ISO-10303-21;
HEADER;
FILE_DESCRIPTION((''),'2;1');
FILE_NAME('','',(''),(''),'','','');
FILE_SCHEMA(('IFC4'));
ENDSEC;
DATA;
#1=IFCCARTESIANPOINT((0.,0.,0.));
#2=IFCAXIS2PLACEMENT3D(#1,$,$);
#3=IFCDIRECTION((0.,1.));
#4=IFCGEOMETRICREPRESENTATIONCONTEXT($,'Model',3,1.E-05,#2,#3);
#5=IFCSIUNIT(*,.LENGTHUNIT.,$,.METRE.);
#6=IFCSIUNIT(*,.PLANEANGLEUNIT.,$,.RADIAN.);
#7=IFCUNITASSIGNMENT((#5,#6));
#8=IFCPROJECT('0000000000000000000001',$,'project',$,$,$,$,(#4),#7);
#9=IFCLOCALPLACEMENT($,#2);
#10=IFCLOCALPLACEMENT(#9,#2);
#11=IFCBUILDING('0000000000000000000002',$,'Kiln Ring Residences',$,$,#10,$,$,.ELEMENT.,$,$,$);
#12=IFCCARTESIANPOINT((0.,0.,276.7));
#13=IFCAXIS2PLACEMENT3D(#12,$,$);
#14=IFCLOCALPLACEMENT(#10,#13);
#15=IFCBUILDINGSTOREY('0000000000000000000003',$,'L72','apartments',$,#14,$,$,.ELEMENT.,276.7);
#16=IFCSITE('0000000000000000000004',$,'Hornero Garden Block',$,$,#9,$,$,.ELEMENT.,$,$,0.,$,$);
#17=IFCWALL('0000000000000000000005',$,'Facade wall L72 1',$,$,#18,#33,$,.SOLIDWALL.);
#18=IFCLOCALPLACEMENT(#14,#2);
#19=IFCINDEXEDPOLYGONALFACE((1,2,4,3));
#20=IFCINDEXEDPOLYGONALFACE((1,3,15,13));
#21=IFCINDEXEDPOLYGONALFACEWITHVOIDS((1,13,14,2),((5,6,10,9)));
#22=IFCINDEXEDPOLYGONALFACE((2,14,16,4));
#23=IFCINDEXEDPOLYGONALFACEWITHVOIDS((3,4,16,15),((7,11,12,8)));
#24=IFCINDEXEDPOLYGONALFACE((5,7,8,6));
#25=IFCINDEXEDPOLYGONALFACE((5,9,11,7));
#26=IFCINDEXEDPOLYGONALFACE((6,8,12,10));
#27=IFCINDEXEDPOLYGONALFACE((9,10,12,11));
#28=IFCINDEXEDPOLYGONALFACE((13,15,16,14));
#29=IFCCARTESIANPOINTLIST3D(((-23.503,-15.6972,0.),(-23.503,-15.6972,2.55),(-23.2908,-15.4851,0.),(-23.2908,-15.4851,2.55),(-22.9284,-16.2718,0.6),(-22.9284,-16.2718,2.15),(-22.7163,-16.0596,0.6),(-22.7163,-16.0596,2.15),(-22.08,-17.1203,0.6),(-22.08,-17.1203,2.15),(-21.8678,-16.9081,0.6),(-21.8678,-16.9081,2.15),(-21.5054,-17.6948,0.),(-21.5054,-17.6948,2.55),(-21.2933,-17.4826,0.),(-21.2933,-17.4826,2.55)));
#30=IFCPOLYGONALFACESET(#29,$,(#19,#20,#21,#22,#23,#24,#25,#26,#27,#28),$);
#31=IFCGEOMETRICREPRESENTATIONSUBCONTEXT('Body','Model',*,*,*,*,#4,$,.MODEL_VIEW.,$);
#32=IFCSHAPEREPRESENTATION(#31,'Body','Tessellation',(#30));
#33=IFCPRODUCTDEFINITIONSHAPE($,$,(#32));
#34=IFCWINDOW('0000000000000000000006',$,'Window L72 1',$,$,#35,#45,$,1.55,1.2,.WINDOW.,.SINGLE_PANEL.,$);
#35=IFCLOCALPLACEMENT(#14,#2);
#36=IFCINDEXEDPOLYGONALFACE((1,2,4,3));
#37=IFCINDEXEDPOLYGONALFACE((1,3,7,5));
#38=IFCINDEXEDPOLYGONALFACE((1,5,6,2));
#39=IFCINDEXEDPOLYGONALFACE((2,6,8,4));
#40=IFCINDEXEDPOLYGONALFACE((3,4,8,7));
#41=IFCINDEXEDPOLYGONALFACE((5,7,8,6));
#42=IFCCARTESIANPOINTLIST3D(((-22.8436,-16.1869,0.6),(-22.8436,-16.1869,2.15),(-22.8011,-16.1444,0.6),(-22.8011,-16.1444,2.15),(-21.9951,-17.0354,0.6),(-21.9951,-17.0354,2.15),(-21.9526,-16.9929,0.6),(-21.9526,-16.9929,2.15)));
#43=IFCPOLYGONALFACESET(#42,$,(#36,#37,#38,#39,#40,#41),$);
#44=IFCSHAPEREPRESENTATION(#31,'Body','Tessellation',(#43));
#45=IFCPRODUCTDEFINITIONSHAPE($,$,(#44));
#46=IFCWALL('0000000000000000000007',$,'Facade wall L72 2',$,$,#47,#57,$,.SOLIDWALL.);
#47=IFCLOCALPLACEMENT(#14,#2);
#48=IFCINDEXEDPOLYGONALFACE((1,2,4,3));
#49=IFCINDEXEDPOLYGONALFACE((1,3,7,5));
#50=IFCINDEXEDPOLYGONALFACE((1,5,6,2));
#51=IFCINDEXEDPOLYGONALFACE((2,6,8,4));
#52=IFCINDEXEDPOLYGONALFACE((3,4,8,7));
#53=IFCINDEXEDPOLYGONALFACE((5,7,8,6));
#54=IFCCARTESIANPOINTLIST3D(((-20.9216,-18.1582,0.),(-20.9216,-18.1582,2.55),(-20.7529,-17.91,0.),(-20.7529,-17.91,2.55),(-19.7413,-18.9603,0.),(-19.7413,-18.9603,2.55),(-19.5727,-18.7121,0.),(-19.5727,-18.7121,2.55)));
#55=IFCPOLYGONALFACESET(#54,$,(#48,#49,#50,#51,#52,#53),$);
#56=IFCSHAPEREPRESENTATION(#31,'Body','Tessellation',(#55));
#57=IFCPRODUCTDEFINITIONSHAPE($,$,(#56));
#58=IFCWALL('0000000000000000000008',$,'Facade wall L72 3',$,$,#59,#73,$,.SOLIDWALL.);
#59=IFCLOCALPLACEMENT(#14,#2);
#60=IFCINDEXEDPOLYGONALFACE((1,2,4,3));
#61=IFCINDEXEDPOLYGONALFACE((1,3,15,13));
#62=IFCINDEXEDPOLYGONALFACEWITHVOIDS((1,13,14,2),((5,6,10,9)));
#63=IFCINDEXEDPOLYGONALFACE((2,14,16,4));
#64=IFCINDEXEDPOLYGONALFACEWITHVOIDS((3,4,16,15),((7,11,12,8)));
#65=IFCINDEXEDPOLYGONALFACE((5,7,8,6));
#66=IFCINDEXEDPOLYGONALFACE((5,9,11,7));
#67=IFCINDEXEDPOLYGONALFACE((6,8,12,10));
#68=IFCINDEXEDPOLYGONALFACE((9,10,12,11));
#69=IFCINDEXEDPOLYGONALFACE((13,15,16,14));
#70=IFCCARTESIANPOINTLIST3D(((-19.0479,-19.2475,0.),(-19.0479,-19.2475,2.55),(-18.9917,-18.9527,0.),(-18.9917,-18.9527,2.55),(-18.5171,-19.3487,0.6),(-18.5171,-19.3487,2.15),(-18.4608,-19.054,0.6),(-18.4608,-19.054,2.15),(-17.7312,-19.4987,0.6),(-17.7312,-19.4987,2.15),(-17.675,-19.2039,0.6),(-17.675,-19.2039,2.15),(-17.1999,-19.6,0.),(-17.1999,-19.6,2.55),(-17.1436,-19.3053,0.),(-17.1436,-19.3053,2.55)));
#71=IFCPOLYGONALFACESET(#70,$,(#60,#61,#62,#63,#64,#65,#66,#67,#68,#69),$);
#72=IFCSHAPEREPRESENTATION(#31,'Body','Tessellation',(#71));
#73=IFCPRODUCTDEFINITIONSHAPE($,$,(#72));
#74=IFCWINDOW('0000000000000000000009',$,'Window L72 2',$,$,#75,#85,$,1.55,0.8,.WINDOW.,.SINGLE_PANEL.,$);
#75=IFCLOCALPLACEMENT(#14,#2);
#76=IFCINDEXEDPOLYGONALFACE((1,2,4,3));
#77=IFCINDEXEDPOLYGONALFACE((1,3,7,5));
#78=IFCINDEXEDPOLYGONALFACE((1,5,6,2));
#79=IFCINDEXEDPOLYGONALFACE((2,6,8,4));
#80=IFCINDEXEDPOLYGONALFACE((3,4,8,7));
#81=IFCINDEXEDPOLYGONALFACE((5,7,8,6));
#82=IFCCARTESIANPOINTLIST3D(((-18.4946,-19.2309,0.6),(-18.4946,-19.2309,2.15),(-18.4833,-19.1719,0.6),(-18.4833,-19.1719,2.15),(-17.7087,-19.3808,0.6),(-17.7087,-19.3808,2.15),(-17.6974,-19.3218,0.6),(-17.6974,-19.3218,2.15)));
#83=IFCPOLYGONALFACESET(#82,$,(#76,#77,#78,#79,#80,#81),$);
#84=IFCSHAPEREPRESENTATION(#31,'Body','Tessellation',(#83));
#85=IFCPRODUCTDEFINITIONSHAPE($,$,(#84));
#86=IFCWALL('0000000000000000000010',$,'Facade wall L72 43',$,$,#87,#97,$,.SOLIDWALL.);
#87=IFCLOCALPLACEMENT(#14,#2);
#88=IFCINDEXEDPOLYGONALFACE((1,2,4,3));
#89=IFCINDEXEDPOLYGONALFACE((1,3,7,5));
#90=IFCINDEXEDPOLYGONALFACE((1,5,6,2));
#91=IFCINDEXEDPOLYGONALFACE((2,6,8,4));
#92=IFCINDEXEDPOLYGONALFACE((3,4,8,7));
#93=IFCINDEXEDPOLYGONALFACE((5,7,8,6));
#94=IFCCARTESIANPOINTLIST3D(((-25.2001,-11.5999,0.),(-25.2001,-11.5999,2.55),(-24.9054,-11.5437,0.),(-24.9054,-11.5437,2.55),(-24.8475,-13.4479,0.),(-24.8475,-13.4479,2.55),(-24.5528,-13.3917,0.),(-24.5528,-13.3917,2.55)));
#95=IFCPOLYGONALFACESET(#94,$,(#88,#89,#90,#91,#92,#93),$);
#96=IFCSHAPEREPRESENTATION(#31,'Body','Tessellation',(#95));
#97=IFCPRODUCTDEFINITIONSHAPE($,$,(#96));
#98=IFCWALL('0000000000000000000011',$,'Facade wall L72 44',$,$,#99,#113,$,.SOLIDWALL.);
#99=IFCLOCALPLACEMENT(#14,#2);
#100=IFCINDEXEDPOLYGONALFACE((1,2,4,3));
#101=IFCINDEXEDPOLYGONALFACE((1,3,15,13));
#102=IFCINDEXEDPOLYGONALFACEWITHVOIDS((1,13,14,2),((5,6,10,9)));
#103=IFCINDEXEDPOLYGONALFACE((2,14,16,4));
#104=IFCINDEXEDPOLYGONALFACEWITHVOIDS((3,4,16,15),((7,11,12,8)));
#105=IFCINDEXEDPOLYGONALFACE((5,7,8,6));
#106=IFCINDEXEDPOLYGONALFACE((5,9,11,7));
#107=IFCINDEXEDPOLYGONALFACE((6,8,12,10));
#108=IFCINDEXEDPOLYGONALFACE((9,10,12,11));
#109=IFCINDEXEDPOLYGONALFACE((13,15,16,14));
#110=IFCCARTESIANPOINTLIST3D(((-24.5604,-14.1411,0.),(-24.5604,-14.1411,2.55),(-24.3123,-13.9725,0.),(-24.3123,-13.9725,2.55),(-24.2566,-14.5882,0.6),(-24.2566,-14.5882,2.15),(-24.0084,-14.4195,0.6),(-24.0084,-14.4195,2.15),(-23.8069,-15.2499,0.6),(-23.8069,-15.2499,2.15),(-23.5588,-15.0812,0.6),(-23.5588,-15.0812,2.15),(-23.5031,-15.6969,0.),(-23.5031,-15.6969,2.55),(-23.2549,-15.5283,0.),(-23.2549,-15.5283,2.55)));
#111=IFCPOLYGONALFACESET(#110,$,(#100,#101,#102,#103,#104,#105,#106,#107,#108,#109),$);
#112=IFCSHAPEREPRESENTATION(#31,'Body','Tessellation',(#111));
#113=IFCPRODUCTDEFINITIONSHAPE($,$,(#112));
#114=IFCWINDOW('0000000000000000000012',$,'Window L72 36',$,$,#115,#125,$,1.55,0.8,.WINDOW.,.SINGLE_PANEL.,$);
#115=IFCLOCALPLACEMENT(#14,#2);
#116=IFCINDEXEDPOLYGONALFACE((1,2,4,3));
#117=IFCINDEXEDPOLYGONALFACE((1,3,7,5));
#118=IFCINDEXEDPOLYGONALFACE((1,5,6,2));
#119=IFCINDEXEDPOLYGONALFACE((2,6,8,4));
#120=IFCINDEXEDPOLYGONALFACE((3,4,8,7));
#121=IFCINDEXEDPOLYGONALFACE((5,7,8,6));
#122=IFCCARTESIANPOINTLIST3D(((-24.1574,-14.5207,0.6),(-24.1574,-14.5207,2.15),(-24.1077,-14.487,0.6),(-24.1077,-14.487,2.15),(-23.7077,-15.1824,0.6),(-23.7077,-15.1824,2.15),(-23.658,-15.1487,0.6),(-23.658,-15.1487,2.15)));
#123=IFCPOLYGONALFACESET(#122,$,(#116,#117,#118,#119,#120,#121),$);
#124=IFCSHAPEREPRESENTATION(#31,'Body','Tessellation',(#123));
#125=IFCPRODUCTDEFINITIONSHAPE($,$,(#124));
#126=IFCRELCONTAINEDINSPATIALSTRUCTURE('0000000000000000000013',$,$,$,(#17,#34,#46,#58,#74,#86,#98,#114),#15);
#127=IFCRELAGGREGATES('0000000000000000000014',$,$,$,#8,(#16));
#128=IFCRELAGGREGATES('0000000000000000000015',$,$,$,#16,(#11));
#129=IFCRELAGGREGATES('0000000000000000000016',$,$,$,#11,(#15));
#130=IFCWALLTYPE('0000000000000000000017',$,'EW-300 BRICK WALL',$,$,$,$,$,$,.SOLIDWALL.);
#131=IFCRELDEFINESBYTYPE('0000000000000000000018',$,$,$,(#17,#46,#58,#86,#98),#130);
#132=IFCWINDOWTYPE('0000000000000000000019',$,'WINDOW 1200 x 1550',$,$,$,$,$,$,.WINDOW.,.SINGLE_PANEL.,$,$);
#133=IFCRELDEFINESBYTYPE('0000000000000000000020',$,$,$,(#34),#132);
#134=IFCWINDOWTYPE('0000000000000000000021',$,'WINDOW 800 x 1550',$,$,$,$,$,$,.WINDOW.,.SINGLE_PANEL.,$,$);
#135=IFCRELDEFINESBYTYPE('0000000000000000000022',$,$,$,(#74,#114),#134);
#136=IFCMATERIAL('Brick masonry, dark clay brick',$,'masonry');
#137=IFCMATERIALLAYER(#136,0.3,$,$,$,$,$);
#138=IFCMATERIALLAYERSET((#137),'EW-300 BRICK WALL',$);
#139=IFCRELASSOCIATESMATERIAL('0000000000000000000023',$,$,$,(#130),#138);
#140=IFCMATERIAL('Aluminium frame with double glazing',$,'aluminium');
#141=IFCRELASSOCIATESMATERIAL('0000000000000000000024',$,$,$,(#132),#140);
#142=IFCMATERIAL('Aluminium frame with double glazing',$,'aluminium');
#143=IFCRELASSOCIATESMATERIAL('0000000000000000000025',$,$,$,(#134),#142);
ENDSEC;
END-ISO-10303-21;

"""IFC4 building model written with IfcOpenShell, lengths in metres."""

from ifc_helpers import new_model, si_unit, direction, frame, frame_2d, origin, place, context, subcontext, project, spatial, rectangle, extrude, material, layer, layer_set, type_object, element, fill, save


model = new_model("IFC4")

# Units and contexts
model_context = context("Model", 3, precision=1e-05, world=origin(), true_north=direction((0.0, 1.0)))
body_context = subcontext(model_context, "Body", "Model", "MODEL_VIEW")
ifc_project = project(units=[si_unit("LENGTHUNIT", "METRE"), si_unit("PLANEANGLEUNIT", "RADIAN")], contexts=[model_context])

# Site, building, storey
site_placement = place(None, origin())
site = spatial("IfcSite", under=ifc_project, at=site_placement, Name="Hornero Garden Block", CompositionType="ELEMENT", RefElevation=0.0)
building_placement = place(site_placement, origin())
building = spatial("IfcBuilding", under=site, at=building_placement, Name="Kiln Ring Residences", CompositionType="ELEMENT")
storey_placement = place(building_placement, frame((0.0, 0.0, 276.7)))
storey = spatial("IfcBuildingStorey", under=building, at=storey_placement, Name="L72", Description="apartments", CompositionType="ELEMENT", Elevation=276.7)

# Wall, opening, window
ifc_material_1 = material(Name="Brick masonry, dark clay brick", Category="masonry")
ifc_layer_1 = layer(ifc_material_1, 0.3)
ifc_layer_set_1 = layer_set([ifc_layer_1], Name="EW-300 BRICK WALL")
wall_type_1 = type_object("IfcWallType", Name="EW-300 BRICK WALL", PredefinedType="SOLIDWALL", material=ifc_layer_set_1)
wall_1_placement = place(storey_placement, frame((-23.397, -15.5911, 0.0), z_axis=(0.0, 0.0, 1.0), x_axis=(0.707107, -0.707107, 0.0)))
wall_1 = element("IfcWall", 1, at=wall_1_placement, inside=storey, type_object=wall_type_1, Name="Facade wall L72 1", PredefinedType="SOLIDWALL", context=body_context, shape_type="SweptSolid", body=[
    extrude(rectangle(XDim=2.825, YDim=0.3, at=frame_2d((1.4126, 0.0))), origin(), (0.0, 0.0, 1.0), 2.55),
])
opening_1_placement = place(wall_1_placement, frame((0.8125, 0.0, 0.6001)))
opening_1 = element("IfcOpeningElement", 2, at=opening_1_placement, cuts=wall_1, PredefinedType="OPENING", context=body_context, shape_type="SweptSolid", body=[
    extrude(rectangle(XDim=1.2, YDim=1.55, at=frame_2d((0.6001, 0.7749))), frame((0.0, 0.1599, 0.0), z_axis=(0.0, -1.0, 0.0), x_axis=(1.0, 0.0, 0.0)), (0.0, 0.0, 1.0), 0.3201),
])
ifc_material_2 = material(Name="Aluminium frame with double glazing", Category="aluminium")
window_type_1 = type_object("IfcWindowType", Name="WINDOW 1200 x 1550", PartitioningType="SINGLE_PANEL", PredefinedType="WINDOW", material=ifc_material_2)
window_1_placement = place(opening_1_placement, origin())
window_1 = element("IfcWindow", 3, at=window_1_placement, inside=storey, type_object=window_type_1, Name="Window L72 1", OverallHeight=1.55, OverallWidth=1.2, PartitioningType="SINGLE_PANEL", PredefinedType="WINDOW", context=body_context, shape_type="SweptSolid", body=[
    extrude(rectangle(XDim=1.2, YDim=1.55, at=frame_2d((0.6001, 0.7749))), frame((0.0, 0.03, 0.0), z_axis=(0.0, -1.0, 0.0), x_axis=(1.0, 0.0, 0.0)), (0.0, 0.0, 1.0), 0.0601),
])
fill(opening_1, window_1)

# Wall
wall_2_placement = place(storey_placement, frame((-20.8372, -18.0342, 0.0), z_axis=(0.0, 0.0, 1.0), x_axis=(0.827095, -0.562062, 0.0)))
element("IfcWall", 4, at=wall_2_placement, inside=storey, type_object=wall_type_1, Name="Facade wall L72 2", PredefinedType="SOLIDWALL", context=body_context, shape_type="SweptSolid", body=[
    extrude(rectangle(XDim=1.427, YDim=0.3, at=frame_2d((0.7134, 0.0))), origin(), (0.0, 0.0, 1.0), 2.55),
])

# Wall, opening, window
wall_3_placement = place(storey_placement, frame((-19.0198, -19.1001, 0.0), z_axis=(0.0, 0.0, 1.0), x_axis=(0.982284, -0.187398, 0.0)))
wall_3 = element("IfcWall", 5, at=wall_3_placement, inside=storey, type_object=wall_type_1, Name="Facade wall L72 3", PredefinedType="SOLIDWALL", context=body_context, shape_type="SweptSolid", body=[
    extrude(rectangle(XDim=1.8813, YDim=0.3, at=frame_2d((0.9407, 0.0))), origin(), (0.0, 0.0, 1.0), 2.55),
])
opening_2_placement = place(wall_3_placement, frame((0.5405, 0.0, 0.6001)))
opening_2 = element("IfcOpeningElement", 6, at=opening_2_placement, cuts=wall_3, PredefinedType="OPENING", context=body_context, shape_type="SweptSolid", body=[
    extrude(rectangle(XDim=0.8, YDim=1.55, at=frame_2d((0.3999, 0.7749))), frame((0.0, 0.1599, 0.0), z_axis=(0.0, -1.0, 0.0), x_axis=(1.0, 0.0, 0.0)), (0.0, 0.0, 1.0), 0.3201),
])
ifc_material_3 = material(Name="Aluminium frame with double glazing", Category="aluminium")
window_type_2 = type_object("IfcWindowType", Name="WINDOW 800 x 1550", PartitioningType="SINGLE_PANEL", PredefinedType="WINDOW", material=ifc_material_3)
window_2_placement = place(opening_2_placement, origin())
window_2 = element("IfcWindow", 7, at=window_2_placement, inside=storey, type_object=window_type_2, Name="Window L72 2", OverallHeight=1.55, OverallWidth=0.8, PartitioningType="SINGLE_PANEL", PredefinedType="WINDOW", context=body_context, shape_type="SweptSolid", body=[
    extrude(rectangle(XDim=0.8, YDim=1.55, at=frame_2d((0.3999, 0.7749))), frame((0.0, 0.03, 0.0), z_axis=(0.0, -1.0, 0.0), x_axis=(1.0, 0.0, 0.0)), (0.0, 0.0, 1.0), 0.0601),
])
fill(opening_2, window_2)

# Wall
wall_4_placement = place(storey_placement, frame((-25.0527, -11.5718, 0.0), z_axis=(0.0, 0.0, 1.0), x_axis=(0.187398, -0.982284, 0.0)))
element("IfcWall", 8, at=wall_4_placement, inside=storey, type_object=wall_type_1, Name="Facade wall L72 43", PredefinedType="SOLIDWALL", context=body_context, shape_type="SweptSolid", body=[
    extrude(rectangle(XDim=1.8813, YDim=0.3, at=frame_2d((0.9407, 0.0))), origin(), (0.0, 0.0, 1.0), 2.55),
])

# Wall, opening, window
wall_5_placement = place(storey_placement, frame((-24.4363, -14.0569, 0.0), z_axis=(0.0, 0.0, 1.0), x_axis=(0.562076, -0.827086, 0.0)))
wall_5 = element("IfcWall", 9, at=wall_5_placement, inside=storey, type_object=wall_type_1, Name="Facade wall L72 44", PredefinedType="SOLIDWALL", context=body_context, shape_type="SweptSolid", body=[
    extrude(rectangle(XDim=1.8811, YDim=0.3, at=frame_2d((0.9404, 0.0))), origin(), (0.0, 0.0, 1.0), 2.55),
])
opening_3_placement = place(wall_5_placement, frame((0.5405, 0.0, 0.6001)))
opening_3 = element("IfcOpeningElement", 10, at=opening_3_placement, cuts=wall_5, PredefinedType="OPENING", context=body_context, shape_type="SweptSolid", body=[
    extrude(rectangle(XDim=0.8, YDim=1.55, at=frame_2d((0.3999, 0.7749))), frame((0.0, 0.1599, 0.0), z_axis=(0.0, -1.0, 0.0), x_axis=(1.0, 0.0, 0.0)), (0.0, 0.0, 1.0), 0.3201),
])
window_3_placement = place(opening_3_placement, origin())
window_3 = element("IfcWindow", 11, at=window_3_placement, inside=storey, type_object=window_type_2, Name="Window L72 36", OverallHeight=1.55, OverallWidth=0.8, PartitioningType="SINGLE_PANEL", PredefinedType="WINDOW", context=body_context, shape_type="SweptSolid", body=[
    extrude(rectangle(XDim=0.8, YDim=1.55, at=frame_2d((0.3999, 0.7749))), frame((0.0, 0.03, 0.0), z_axis=(0.0, -1.0, 0.0), x_axis=(1.0, 0.0, 0.0)), (0.0, 0.0, 1.0), 0.0601),
])
fill(opening_3, window_3)

save(model, "model.ifc")
